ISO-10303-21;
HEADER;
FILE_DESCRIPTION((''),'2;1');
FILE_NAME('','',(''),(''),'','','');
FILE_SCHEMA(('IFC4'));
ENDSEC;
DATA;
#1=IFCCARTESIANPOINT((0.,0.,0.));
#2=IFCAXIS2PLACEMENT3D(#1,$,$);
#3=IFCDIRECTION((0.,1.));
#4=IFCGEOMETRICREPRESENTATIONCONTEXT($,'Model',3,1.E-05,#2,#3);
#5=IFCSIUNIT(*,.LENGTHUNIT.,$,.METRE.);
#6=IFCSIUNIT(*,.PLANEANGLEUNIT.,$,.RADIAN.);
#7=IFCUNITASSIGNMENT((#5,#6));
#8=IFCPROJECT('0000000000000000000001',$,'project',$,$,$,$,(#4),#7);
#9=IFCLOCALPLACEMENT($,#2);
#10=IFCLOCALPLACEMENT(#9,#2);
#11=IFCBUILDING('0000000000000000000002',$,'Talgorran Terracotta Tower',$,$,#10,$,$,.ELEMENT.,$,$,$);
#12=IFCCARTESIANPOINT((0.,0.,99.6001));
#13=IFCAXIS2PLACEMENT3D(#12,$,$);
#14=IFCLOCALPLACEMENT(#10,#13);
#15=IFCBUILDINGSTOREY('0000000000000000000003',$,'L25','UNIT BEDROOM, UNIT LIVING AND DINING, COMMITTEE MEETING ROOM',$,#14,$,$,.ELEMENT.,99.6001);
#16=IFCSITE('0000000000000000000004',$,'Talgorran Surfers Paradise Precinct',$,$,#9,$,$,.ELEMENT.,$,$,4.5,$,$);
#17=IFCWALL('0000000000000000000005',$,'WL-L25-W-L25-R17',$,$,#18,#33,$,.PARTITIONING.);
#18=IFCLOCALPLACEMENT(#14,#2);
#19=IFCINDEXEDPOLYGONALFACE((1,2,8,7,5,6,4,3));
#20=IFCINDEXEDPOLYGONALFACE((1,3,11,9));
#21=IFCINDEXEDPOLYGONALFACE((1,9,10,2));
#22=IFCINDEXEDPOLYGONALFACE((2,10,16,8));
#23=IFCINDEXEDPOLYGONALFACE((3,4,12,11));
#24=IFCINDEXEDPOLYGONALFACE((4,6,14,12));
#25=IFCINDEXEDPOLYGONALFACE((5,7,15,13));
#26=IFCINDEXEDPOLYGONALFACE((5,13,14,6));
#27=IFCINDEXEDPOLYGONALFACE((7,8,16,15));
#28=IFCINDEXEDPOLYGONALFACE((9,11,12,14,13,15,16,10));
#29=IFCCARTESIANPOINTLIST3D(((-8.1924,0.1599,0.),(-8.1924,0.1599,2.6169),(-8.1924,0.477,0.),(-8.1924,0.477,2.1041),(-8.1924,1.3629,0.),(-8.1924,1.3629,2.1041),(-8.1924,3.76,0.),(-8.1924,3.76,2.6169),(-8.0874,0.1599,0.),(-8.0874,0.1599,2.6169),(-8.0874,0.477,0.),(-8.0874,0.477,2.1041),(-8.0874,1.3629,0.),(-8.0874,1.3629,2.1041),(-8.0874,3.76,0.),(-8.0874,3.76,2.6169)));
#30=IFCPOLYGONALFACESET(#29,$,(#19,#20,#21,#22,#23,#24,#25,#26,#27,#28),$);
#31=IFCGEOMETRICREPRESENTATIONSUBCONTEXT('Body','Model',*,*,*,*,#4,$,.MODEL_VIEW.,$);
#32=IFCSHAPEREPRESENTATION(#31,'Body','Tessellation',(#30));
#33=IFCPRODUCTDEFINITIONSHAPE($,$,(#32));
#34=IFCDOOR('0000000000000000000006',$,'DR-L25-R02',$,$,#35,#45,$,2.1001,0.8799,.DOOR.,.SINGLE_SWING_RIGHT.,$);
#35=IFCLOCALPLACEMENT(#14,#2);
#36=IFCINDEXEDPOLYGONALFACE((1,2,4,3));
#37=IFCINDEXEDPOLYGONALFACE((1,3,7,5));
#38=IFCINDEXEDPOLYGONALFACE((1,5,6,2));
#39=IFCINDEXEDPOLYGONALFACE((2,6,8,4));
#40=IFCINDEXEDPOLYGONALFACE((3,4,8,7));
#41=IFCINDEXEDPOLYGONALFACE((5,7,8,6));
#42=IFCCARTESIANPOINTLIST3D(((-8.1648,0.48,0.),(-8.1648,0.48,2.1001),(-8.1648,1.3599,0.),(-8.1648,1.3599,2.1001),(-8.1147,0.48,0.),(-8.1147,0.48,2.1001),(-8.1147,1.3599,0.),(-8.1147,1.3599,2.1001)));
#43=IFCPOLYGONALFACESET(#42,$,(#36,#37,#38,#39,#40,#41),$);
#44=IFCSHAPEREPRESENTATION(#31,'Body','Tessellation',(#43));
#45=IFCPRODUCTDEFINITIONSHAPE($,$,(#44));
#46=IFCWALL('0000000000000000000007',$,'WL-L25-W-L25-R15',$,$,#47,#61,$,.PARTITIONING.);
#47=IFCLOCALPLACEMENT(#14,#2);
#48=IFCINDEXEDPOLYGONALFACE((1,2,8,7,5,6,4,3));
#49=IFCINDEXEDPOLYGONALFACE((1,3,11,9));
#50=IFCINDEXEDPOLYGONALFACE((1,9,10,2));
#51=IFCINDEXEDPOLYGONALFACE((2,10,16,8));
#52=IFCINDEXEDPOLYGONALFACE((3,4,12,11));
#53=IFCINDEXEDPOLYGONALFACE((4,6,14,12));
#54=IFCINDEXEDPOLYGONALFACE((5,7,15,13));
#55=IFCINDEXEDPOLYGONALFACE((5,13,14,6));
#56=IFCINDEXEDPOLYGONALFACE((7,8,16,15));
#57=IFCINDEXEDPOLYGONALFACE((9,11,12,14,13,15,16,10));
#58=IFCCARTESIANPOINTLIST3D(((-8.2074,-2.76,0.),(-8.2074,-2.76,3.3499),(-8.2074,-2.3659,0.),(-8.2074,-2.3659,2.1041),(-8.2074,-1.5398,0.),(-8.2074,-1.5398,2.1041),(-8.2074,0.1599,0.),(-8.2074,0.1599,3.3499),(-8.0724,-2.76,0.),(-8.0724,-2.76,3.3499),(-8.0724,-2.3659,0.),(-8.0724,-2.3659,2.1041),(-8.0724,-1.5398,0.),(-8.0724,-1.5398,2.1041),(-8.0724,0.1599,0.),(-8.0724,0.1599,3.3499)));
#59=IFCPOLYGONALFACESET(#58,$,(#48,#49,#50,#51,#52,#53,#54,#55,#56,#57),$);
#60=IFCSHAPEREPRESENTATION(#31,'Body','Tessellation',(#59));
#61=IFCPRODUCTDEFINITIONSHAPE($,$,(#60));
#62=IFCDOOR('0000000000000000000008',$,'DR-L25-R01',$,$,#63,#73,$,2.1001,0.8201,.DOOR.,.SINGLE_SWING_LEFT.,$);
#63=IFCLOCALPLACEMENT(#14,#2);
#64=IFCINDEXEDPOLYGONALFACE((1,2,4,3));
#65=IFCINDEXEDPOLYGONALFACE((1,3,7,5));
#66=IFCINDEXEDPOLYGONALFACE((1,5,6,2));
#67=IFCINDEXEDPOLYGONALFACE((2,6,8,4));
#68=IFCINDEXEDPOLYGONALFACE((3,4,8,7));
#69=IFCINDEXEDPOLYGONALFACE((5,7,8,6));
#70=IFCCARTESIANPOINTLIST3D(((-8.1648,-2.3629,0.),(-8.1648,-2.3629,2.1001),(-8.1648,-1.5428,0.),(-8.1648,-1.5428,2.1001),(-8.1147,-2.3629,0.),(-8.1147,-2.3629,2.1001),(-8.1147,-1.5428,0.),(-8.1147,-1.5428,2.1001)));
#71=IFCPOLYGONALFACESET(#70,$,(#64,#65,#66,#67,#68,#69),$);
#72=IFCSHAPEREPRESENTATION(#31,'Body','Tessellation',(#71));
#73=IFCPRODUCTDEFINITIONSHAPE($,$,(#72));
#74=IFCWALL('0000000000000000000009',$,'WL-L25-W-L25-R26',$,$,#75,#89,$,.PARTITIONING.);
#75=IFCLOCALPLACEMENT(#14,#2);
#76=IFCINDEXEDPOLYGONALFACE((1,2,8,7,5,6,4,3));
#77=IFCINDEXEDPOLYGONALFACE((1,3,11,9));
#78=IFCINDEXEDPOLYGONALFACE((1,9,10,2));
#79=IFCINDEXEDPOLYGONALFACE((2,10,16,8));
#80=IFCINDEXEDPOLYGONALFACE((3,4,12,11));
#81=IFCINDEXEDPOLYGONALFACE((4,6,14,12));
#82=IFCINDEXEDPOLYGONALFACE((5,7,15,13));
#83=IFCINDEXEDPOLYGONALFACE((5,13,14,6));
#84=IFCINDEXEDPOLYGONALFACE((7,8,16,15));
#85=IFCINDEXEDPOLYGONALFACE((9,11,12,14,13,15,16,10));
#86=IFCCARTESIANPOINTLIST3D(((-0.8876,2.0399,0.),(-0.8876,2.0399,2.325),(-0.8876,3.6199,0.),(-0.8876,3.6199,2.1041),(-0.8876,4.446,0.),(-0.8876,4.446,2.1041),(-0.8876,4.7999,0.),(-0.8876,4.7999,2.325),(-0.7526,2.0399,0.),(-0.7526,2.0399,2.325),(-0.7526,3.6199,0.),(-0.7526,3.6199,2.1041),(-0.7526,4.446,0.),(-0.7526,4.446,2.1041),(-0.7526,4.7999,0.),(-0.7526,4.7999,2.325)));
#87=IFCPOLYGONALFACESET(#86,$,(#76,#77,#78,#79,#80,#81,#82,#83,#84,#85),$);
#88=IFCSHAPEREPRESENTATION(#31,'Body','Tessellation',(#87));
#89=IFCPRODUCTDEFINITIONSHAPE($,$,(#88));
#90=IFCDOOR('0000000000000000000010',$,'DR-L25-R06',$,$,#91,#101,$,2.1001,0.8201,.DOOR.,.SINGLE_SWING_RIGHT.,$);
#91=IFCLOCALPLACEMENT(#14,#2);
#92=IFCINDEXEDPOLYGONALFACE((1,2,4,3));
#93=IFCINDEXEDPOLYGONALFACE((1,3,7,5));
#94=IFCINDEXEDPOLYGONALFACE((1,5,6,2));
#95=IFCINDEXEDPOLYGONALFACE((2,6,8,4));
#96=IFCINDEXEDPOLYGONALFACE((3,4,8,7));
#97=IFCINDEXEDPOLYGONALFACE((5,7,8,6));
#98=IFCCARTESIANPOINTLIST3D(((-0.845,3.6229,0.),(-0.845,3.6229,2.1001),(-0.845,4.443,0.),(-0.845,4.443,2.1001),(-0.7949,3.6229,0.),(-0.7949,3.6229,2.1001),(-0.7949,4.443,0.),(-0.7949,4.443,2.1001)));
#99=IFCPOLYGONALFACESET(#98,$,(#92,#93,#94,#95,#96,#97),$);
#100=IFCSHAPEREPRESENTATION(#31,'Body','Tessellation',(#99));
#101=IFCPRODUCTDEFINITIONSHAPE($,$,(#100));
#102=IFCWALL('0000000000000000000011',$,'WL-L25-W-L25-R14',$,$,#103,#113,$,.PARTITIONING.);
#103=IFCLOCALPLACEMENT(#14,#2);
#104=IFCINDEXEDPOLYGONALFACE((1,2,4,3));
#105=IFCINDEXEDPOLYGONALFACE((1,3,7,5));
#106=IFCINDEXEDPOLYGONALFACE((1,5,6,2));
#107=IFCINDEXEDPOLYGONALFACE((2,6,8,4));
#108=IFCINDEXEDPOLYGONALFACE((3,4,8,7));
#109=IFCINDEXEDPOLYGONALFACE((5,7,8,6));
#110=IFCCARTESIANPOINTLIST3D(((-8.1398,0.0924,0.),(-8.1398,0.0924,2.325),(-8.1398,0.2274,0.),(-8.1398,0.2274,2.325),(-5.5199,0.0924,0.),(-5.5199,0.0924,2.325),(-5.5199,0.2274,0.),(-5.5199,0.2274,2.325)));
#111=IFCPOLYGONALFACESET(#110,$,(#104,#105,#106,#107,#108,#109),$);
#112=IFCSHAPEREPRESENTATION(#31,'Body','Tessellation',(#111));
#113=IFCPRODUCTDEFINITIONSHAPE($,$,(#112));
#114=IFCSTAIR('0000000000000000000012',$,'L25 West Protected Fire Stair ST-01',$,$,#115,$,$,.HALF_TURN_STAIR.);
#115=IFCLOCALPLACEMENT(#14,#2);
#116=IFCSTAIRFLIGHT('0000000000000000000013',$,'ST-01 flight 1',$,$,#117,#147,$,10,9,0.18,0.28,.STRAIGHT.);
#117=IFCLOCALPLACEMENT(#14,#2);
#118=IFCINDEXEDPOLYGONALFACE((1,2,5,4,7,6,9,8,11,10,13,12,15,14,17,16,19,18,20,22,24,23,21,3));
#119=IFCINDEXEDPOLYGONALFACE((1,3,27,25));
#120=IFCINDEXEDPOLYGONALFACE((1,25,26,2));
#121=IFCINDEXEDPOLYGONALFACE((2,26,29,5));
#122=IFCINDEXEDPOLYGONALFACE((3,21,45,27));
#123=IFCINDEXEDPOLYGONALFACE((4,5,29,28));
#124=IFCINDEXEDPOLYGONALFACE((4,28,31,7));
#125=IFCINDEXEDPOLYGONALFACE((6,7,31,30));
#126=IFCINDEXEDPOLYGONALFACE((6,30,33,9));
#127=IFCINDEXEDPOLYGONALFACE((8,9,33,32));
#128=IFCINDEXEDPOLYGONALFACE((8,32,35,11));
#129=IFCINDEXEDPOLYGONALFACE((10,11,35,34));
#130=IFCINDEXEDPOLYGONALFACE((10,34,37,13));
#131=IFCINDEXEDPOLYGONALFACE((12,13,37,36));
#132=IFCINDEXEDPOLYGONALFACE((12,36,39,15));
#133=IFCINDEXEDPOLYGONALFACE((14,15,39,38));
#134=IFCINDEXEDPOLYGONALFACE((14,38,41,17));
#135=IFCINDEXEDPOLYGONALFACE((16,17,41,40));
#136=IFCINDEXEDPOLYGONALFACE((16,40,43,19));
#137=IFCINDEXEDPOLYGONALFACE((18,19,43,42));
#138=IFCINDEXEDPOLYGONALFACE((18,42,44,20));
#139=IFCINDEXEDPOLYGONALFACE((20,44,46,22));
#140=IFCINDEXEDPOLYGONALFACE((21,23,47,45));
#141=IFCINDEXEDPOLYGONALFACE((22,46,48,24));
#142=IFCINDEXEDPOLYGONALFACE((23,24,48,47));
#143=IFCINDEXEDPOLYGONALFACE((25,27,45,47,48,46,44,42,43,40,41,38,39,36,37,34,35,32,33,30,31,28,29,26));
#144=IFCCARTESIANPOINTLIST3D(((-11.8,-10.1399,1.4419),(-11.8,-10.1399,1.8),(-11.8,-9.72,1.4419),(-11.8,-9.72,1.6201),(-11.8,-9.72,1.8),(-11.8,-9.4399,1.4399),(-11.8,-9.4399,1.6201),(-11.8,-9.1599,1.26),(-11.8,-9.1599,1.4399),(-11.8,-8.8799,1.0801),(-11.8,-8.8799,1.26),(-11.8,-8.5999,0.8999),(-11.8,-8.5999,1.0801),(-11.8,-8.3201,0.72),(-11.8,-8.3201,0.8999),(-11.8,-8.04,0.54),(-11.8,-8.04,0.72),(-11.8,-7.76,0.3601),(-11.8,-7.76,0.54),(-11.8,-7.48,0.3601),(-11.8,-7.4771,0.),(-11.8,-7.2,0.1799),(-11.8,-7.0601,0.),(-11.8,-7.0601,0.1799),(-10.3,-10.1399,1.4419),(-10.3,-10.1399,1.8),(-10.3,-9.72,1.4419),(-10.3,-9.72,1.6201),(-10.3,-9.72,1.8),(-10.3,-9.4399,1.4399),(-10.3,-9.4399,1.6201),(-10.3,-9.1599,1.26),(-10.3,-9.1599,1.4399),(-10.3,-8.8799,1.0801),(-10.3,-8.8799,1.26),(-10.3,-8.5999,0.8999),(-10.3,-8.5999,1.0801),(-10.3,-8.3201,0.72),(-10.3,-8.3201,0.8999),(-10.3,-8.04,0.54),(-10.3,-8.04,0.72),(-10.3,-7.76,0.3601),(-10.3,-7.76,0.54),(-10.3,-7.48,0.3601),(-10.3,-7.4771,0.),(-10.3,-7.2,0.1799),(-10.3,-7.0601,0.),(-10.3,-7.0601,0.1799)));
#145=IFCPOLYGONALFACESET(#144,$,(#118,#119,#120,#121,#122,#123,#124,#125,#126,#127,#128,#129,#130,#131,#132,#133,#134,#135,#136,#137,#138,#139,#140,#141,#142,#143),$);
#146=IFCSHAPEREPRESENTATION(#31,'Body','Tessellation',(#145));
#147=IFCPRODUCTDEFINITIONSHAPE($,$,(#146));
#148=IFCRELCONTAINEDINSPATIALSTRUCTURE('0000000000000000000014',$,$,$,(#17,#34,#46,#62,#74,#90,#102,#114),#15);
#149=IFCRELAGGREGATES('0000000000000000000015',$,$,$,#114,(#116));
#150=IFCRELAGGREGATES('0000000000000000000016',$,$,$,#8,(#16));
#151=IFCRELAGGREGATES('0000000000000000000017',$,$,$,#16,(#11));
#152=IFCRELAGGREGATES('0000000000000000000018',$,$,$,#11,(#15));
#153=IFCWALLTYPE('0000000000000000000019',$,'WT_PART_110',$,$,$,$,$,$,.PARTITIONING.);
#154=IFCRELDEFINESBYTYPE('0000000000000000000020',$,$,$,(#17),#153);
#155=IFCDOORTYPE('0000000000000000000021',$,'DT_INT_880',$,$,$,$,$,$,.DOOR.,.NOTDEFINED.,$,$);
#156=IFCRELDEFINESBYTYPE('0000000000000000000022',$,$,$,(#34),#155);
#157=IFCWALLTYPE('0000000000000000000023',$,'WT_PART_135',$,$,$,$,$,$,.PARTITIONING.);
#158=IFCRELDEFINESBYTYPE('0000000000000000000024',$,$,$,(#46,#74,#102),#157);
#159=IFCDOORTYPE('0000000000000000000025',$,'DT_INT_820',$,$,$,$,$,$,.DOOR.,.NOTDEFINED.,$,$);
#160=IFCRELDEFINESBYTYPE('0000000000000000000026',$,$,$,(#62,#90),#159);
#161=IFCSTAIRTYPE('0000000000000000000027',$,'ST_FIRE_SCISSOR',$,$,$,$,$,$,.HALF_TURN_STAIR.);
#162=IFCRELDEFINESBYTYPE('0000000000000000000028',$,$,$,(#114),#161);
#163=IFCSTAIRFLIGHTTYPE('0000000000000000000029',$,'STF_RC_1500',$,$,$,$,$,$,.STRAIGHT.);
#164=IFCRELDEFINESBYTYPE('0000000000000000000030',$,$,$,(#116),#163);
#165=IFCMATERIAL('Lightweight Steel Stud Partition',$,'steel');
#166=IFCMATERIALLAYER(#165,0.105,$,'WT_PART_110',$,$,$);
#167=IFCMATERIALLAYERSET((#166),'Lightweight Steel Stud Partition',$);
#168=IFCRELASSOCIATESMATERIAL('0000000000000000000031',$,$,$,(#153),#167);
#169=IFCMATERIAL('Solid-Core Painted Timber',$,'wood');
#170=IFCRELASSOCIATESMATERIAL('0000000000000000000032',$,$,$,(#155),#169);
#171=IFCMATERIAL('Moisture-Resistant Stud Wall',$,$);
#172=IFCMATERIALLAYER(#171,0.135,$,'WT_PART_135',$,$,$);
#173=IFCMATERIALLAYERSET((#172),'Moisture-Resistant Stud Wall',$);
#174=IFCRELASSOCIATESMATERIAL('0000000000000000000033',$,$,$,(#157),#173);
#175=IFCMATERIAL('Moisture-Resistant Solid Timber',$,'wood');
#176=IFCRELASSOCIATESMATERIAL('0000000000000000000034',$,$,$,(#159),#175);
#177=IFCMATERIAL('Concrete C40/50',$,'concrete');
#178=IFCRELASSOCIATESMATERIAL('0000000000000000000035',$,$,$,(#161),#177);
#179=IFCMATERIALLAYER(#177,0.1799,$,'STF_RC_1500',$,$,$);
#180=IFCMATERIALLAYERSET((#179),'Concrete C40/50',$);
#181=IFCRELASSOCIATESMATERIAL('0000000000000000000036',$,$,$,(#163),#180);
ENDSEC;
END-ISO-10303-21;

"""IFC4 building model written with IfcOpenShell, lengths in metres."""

from ifc_helpers import new_model, si_unit, direction, frame, frame_2d, origin, place, context, subcontext, project, spatial, polyline, rectangle, outline, extrude, material, layer, layer_set, type_object, element, fill, aggregate, save


model = new_model("IFC4")

# Units and contexts
model_context = context("Model", 3, precision=1e-05, world=origin(), true_north=direction((0.0, 1.0)))
body_context = subcontext(model_context, "Body", "Model", "MODEL_VIEW")
ifc_project = project(units=[si_unit("LENGTHUNIT", "METRE"), si_unit("PLANEANGLEUNIT", "RADIAN")], contexts=[model_context])

# Site, building, storey
site_placement = place(None, origin())
site = spatial("IfcSite", under=ifc_project, at=site_placement, Name="Talgorran Surfers Paradise Precinct", CompositionType="ELEMENT", RefElevation=4.5)
building_placement = place(site_placement, origin())
building = spatial("IfcBuilding", under=site, at=building_placement, Name="Talgorran Terracotta Tower", CompositionType="ELEMENT")
storey_placement = place(building_placement, frame((0.0, 0.0, 99.6001)))
storey = spatial("IfcBuildingStorey", under=building, at=storey_placement, Name="L25", Description="UNIT BEDROOM, UNIT LIVING AND DINING, COMMITTEE MEETING ROOM", CompositionType="ELEMENT", Elevation=99.6001)

# Walls, openings, doors
ifc_material_1 = material(Name="Lightweight Steel Stud Partition", Category="steel")
ifc_layer_1 = layer(ifc_material_1, 0.105, Name="WT_PART_110")
ifc_layer_set_1 = layer_set([ifc_layer_1], Name="Lightweight Steel Stud Partition")
wall_type_1 = type_object("IfcWallType", Name="WT_PART_110", PredefinedType="PARTITIONING", material=ifc_layer_set_1)
ifc_material_2 = material(Name="Solid-Core Painted Timber", Category="wood")
door_type_1 = type_object("IfcDoorType", Name="DT_INT_880", OperationType="NOTDEFINED", PredefinedType="DOOR", material=ifc_material_2)
wall_1_placement = place(storey_placement, frame((-8.1399, 0.1599, 0.0), z_axis=(0.0, 0.0, 1.0), x_axis=(0.0, 1.0, 0.0)))
wall_1 = element("IfcWall", 1, at=wall_1_placement, inside=storey, type_object=wall_type_1, Name="WL-L25-W-L25-R17", PredefinedType="PARTITIONING", context=body_context, shape_type="SweptSolid", body=[
    extrude(rectangle(XDim=3.6001, YDim=0.105, at=frame_2d((1.8, 0.0))), origin(), (0.0, 0.0, 1.0), 2.6169),
])
opening_1_placement = place(wall_1_placement, frame((0.3201, 0.0, 0.0)))
opening_1 = element("IfcOpeningElement", 2, at=opening_1_placement, cuts=wall_1, PredefinedType="OPENING", context=body_context, shape_type="SweptSolid", body=[
    extrude(rectangle(XDim=0.8859, YDim=2.1041, at=frame_2d((0.4399, 1.052))), frame((0.0, 0.0625, 0.0), z_axis=(0.0, -1.0, 0.0), x_axis=(1.0, 0.0, 0.0)), (0.0, 0.0, 1.0), 0.125),
])
door_1_placement = place(opening_1_placement, origin())
door_1 = element("IfcDoor", 3, at=door_1_placement, inside=storey, type_object=door_type_1, Name="DR-L25-R02", OperationType="SINGLE_SWING_RIGHT", OverallHeight=2.1001, OverallWidth=0.8799, PredefinedType="DOOR", context=body_context, shape_type="SweptSolid", body=[
    extrude(rectangle(XDim=0.8799, YDim=2.1001, at=frame_2d((0.4399, 1.05))), frame((0.0, 0.0249, 0.0), z_axis=(0.0, -1.0, 0.0), x_axis=(1.0, 0.0, 0.0)), (0.0, 0.0, 1.0), 0.05),
])
fill(opening_1, door_1)
ifc_material_3 = material(Name="Moisture-Resistant Stud Wall")
ifc_layer_2 = layer(ifc_material_3, 0.135, Name="WT_PART_135")
ifc_layer_set_2 = layer_set([ifc_layer_2], Name="Moisture-Resistant Stud Wall")
wall_type_2 = type_object("IfcWallType", Name="WT_PART_135", PredefinedType="PARTITIONING", material=ifc_layer_set_2)
wall_2_placement = place(storey_placement, frame((-8.1399, -2.76, 0.0), z_axis=(0.0, 0.0, 1.0), x_axis=(0.0, 1.0, 0.0)))
wall_2 = element("IfcWall", 4, at=wall_2_placement, inside=storey, type_object=wall_type_2, Name="WL-L25-W-L25-R15", PredefinedType="PARTITIONING", context=body_context, shape_type="SweptSolid", body=[
    extrude(rectangle(XDim=2.9199, YDim=0.135, at=frame_2d((1.46, 0.0))), origin(), (0.0, 0.0, 1.0), 3.3499),
])
opening_2_placement = place(wall_2_placement, frame((0.397, 0.0, 0.0)))
opening_2 = element("IfcOpeningElement", 5, at=opening_2_placement, cuts=wall_2, PredefinedType="OPENING", context=body_context, shape_type="SweptSolid", body=[
    extrude(rectangle(XDim=0.8261, YDim=2.1041, at=frame_2d((0.4102, 1.052))), frame((0.0, 0.0776, 0.0), z_axis=(0.0, -1.0, 0.0), x_axis=(1.0, 0.0, 0.0)), (0.0, 0.0, 1.0), 0.155),
])
ifc_material_4 = material(Name="Moisture-Resistant Solid Timber", Category="wood")
door_type_2 = type_object("IfcDoorType", Name="DT_INT_820", OperationType="NOTDEFINED", PredefinedType="DOOR", material=ifc_material_4)
door_2_placement = place(opening_2_placement, origin())
door_2 = element("IfcDoor", 6, at=door_2_placement, inside=storey, type_object=door_type_2, Name="DR-L25-R01", OperationType="SINGLE_SWING_LEFT", OverallHeight=2.1001, OverallWidth=0.8201, PredefinedType="DOOR", context=body_context, shape_type="SweptSolid", body=[
    extrude(rectangle(XDim=0.8201, YDim=2.1001, at=frame_2d((0.4102, 1.05))), frame((0.0, 0.0249, 0.0), z_axis=(0.0, -1.0, 0.0), x_axis=(1.0, 0.0, 0.0)), (0.0, 0.0, 1.0), 0.05),
])
fill(opening_2, door_2)
wall_3_placement = place(storey_placement, frame((-0.8201, 2.04, 0.0), z_axis=(0.0, 0.0, 1.0), x_axis=(0.0, 1.0, 0.0)))
wall_3 = element("IfcWall", 7, at=wall_3_placement, inside=storey, type_object=wall_type_2, Name="WL-L25-W-L25-R26", PredefinedType="PARTITIONING", context=body_context, shape_type="SweptSolid", body=[
    extrude(rectangle(XDim=2.76, YDim=0.135, at=frame_2d((1.3799, 0.0))), origin(), (0.0, 0.0, 1.0), 2.325),
])
opening_3_placement = place(wall_3_placement, frame((1.5828, 0.0, 0.0)))
opening_3 = element("IfcOpeningElement", 8, at=opening_3_placement, cuts=wall_3, PredefinedType="OPENING", context=body_context, shape_type="SweptSolid", body=[
    extrude(rectangle(XDim=0.8261, YDim=2.1041, at=frame_2d((0.4102, 1.052))), frame((0.0, 0.0776, 0.0), z_axis=(0.0, -1.0, 0.0), x_axis=(1.0, 0.0, 0.0)), (0.0, 0.0, 1.0), 0.155),
])
door_3_placement = place(opening_3_placement, origin())
door_3 = element("IfcDoor", 9, at=door_3_placement, inside=storey, type_object=door_type_2, Name="DR-L25-R06", OperationType="SINGLE_SWING_RIGHT", OverallHeight=2.1001, OverallWidth=0.8201, PredefinedType="DOOR", context=body_context, shape_type="SweptSolid", body=[
    extrude(rectangle(XDim=0.8201, YDim=2.1001, at=frame_2d((0.4102, 1.05))), frame((0.0, 0.0249, 0.0), z_axis=(0.0, -1.0, 0.0), x_axis=(1.0, 0.0, 0.0)), (0.0, 0.0, 1.0), 0.05),
])
fill(opening_3, door_3)

# Wall
wall_4_placement = place(storey_placement, frame((-8.1399, 0.1599, 0.0), z_axis=(0.0, 0.0, 1.0), x_axis=(1.0, 0.0, 0.0)))
element("IfcWall", 10, at=wall_4_placement, inside=storey, type_object=wall_type_2, Name="WL-L25-W-L25-R14", PredefinedType="PARTITIONING", context=body_context, shape_type="SweptSolid", body=[
    extrude(rectangle(XDim=2.6199, YDim=0.135, at=frame_2d((1.3101, 0.0))), origin(), (0.0, 0.0, 1.0), 2.325),
])

# Stair, stair flight
ifc_material_5 = material(Name="Concrete C40/50", Category="concrete")
stair_type = type_object("IfcStairType", Name="ST_FIRE_SCISSOR", PredefinedType="HALF_TURN_STAIR", material=ifc_material_5)
stair_placement = place(storey_placement, origin())
stair = element("IfcStair", 11, at=stair_placement, inside=storey, type_object=stair_type, Name="L25 West Protected Fire Stair ST-01", PredefinedType="HALF_TURN_STAIR")
ifc_layer_3 = layer(ifc_material_5, 0.1799, Name="STF_RC_1500")
ifc_layer_set_3 = layer_set([ifc_layer_3], Name="Concrete C40/50")
stair_flight_type = type_object("IfcStairFlightType", Name="STF_RC_1500", PredefinedType="STRAIGHT", material=ifc_layer_set_3)
stair_flight_placement = place(storey_placement, frame((-11.05, -7.2, 0.0), z_axis=(0.0, 0.0, 1.0), x_axis=(0.0, -1.0, 0.0)))
stair_flight = element("IfcStairFlight", 12, at=stair_flight_placement, type_object=stair_flight_type, Name="ST-01 flight 1", NumberOfRisers=10, NumberOfTreads=9, PredefinedType="STRAIGHT", RiserHeight=0.18, TreadLength=0.28, context=body_context, shape_type="SweptSolid", body=[
    extrude(outline(polyline([(-0.1399, 0.0), (-0.1399, 0.1799), (0.0, 0.1799), (0.28, 0.3601), (0.5601, 0.3601), (0.5601, 0.54), (0.8401, 0.54), (0.8401, 0.72), (1.1201, 0.72), (1.1201, 0.8999), (1.3999, 0.8999), (1.3999, 1.0801), (1.6799, 1.0801), (1.6799, 1.26), (1.96, 1.26), (1.96, 1.4399), (2.24, 1.4399), (2.24, 1.6201), (2.52, 1.6201), (2.52, 1.8), (2.9399, 1.8), (2.9399, 1.4419), (2.52, 1.4419), (0.2771, 0.0), (-0.1399, 0.0)])), frame((0.0, 0.75, 0.0), z_axis=(0.0, -1.0, 0.0), x_axis=(1.0, 0.0, 0.0)), (0.0, 0.0, 1.0), 1.5),
])
aggregate(stair, [stair_flight])

save(model, "model.ifc")
